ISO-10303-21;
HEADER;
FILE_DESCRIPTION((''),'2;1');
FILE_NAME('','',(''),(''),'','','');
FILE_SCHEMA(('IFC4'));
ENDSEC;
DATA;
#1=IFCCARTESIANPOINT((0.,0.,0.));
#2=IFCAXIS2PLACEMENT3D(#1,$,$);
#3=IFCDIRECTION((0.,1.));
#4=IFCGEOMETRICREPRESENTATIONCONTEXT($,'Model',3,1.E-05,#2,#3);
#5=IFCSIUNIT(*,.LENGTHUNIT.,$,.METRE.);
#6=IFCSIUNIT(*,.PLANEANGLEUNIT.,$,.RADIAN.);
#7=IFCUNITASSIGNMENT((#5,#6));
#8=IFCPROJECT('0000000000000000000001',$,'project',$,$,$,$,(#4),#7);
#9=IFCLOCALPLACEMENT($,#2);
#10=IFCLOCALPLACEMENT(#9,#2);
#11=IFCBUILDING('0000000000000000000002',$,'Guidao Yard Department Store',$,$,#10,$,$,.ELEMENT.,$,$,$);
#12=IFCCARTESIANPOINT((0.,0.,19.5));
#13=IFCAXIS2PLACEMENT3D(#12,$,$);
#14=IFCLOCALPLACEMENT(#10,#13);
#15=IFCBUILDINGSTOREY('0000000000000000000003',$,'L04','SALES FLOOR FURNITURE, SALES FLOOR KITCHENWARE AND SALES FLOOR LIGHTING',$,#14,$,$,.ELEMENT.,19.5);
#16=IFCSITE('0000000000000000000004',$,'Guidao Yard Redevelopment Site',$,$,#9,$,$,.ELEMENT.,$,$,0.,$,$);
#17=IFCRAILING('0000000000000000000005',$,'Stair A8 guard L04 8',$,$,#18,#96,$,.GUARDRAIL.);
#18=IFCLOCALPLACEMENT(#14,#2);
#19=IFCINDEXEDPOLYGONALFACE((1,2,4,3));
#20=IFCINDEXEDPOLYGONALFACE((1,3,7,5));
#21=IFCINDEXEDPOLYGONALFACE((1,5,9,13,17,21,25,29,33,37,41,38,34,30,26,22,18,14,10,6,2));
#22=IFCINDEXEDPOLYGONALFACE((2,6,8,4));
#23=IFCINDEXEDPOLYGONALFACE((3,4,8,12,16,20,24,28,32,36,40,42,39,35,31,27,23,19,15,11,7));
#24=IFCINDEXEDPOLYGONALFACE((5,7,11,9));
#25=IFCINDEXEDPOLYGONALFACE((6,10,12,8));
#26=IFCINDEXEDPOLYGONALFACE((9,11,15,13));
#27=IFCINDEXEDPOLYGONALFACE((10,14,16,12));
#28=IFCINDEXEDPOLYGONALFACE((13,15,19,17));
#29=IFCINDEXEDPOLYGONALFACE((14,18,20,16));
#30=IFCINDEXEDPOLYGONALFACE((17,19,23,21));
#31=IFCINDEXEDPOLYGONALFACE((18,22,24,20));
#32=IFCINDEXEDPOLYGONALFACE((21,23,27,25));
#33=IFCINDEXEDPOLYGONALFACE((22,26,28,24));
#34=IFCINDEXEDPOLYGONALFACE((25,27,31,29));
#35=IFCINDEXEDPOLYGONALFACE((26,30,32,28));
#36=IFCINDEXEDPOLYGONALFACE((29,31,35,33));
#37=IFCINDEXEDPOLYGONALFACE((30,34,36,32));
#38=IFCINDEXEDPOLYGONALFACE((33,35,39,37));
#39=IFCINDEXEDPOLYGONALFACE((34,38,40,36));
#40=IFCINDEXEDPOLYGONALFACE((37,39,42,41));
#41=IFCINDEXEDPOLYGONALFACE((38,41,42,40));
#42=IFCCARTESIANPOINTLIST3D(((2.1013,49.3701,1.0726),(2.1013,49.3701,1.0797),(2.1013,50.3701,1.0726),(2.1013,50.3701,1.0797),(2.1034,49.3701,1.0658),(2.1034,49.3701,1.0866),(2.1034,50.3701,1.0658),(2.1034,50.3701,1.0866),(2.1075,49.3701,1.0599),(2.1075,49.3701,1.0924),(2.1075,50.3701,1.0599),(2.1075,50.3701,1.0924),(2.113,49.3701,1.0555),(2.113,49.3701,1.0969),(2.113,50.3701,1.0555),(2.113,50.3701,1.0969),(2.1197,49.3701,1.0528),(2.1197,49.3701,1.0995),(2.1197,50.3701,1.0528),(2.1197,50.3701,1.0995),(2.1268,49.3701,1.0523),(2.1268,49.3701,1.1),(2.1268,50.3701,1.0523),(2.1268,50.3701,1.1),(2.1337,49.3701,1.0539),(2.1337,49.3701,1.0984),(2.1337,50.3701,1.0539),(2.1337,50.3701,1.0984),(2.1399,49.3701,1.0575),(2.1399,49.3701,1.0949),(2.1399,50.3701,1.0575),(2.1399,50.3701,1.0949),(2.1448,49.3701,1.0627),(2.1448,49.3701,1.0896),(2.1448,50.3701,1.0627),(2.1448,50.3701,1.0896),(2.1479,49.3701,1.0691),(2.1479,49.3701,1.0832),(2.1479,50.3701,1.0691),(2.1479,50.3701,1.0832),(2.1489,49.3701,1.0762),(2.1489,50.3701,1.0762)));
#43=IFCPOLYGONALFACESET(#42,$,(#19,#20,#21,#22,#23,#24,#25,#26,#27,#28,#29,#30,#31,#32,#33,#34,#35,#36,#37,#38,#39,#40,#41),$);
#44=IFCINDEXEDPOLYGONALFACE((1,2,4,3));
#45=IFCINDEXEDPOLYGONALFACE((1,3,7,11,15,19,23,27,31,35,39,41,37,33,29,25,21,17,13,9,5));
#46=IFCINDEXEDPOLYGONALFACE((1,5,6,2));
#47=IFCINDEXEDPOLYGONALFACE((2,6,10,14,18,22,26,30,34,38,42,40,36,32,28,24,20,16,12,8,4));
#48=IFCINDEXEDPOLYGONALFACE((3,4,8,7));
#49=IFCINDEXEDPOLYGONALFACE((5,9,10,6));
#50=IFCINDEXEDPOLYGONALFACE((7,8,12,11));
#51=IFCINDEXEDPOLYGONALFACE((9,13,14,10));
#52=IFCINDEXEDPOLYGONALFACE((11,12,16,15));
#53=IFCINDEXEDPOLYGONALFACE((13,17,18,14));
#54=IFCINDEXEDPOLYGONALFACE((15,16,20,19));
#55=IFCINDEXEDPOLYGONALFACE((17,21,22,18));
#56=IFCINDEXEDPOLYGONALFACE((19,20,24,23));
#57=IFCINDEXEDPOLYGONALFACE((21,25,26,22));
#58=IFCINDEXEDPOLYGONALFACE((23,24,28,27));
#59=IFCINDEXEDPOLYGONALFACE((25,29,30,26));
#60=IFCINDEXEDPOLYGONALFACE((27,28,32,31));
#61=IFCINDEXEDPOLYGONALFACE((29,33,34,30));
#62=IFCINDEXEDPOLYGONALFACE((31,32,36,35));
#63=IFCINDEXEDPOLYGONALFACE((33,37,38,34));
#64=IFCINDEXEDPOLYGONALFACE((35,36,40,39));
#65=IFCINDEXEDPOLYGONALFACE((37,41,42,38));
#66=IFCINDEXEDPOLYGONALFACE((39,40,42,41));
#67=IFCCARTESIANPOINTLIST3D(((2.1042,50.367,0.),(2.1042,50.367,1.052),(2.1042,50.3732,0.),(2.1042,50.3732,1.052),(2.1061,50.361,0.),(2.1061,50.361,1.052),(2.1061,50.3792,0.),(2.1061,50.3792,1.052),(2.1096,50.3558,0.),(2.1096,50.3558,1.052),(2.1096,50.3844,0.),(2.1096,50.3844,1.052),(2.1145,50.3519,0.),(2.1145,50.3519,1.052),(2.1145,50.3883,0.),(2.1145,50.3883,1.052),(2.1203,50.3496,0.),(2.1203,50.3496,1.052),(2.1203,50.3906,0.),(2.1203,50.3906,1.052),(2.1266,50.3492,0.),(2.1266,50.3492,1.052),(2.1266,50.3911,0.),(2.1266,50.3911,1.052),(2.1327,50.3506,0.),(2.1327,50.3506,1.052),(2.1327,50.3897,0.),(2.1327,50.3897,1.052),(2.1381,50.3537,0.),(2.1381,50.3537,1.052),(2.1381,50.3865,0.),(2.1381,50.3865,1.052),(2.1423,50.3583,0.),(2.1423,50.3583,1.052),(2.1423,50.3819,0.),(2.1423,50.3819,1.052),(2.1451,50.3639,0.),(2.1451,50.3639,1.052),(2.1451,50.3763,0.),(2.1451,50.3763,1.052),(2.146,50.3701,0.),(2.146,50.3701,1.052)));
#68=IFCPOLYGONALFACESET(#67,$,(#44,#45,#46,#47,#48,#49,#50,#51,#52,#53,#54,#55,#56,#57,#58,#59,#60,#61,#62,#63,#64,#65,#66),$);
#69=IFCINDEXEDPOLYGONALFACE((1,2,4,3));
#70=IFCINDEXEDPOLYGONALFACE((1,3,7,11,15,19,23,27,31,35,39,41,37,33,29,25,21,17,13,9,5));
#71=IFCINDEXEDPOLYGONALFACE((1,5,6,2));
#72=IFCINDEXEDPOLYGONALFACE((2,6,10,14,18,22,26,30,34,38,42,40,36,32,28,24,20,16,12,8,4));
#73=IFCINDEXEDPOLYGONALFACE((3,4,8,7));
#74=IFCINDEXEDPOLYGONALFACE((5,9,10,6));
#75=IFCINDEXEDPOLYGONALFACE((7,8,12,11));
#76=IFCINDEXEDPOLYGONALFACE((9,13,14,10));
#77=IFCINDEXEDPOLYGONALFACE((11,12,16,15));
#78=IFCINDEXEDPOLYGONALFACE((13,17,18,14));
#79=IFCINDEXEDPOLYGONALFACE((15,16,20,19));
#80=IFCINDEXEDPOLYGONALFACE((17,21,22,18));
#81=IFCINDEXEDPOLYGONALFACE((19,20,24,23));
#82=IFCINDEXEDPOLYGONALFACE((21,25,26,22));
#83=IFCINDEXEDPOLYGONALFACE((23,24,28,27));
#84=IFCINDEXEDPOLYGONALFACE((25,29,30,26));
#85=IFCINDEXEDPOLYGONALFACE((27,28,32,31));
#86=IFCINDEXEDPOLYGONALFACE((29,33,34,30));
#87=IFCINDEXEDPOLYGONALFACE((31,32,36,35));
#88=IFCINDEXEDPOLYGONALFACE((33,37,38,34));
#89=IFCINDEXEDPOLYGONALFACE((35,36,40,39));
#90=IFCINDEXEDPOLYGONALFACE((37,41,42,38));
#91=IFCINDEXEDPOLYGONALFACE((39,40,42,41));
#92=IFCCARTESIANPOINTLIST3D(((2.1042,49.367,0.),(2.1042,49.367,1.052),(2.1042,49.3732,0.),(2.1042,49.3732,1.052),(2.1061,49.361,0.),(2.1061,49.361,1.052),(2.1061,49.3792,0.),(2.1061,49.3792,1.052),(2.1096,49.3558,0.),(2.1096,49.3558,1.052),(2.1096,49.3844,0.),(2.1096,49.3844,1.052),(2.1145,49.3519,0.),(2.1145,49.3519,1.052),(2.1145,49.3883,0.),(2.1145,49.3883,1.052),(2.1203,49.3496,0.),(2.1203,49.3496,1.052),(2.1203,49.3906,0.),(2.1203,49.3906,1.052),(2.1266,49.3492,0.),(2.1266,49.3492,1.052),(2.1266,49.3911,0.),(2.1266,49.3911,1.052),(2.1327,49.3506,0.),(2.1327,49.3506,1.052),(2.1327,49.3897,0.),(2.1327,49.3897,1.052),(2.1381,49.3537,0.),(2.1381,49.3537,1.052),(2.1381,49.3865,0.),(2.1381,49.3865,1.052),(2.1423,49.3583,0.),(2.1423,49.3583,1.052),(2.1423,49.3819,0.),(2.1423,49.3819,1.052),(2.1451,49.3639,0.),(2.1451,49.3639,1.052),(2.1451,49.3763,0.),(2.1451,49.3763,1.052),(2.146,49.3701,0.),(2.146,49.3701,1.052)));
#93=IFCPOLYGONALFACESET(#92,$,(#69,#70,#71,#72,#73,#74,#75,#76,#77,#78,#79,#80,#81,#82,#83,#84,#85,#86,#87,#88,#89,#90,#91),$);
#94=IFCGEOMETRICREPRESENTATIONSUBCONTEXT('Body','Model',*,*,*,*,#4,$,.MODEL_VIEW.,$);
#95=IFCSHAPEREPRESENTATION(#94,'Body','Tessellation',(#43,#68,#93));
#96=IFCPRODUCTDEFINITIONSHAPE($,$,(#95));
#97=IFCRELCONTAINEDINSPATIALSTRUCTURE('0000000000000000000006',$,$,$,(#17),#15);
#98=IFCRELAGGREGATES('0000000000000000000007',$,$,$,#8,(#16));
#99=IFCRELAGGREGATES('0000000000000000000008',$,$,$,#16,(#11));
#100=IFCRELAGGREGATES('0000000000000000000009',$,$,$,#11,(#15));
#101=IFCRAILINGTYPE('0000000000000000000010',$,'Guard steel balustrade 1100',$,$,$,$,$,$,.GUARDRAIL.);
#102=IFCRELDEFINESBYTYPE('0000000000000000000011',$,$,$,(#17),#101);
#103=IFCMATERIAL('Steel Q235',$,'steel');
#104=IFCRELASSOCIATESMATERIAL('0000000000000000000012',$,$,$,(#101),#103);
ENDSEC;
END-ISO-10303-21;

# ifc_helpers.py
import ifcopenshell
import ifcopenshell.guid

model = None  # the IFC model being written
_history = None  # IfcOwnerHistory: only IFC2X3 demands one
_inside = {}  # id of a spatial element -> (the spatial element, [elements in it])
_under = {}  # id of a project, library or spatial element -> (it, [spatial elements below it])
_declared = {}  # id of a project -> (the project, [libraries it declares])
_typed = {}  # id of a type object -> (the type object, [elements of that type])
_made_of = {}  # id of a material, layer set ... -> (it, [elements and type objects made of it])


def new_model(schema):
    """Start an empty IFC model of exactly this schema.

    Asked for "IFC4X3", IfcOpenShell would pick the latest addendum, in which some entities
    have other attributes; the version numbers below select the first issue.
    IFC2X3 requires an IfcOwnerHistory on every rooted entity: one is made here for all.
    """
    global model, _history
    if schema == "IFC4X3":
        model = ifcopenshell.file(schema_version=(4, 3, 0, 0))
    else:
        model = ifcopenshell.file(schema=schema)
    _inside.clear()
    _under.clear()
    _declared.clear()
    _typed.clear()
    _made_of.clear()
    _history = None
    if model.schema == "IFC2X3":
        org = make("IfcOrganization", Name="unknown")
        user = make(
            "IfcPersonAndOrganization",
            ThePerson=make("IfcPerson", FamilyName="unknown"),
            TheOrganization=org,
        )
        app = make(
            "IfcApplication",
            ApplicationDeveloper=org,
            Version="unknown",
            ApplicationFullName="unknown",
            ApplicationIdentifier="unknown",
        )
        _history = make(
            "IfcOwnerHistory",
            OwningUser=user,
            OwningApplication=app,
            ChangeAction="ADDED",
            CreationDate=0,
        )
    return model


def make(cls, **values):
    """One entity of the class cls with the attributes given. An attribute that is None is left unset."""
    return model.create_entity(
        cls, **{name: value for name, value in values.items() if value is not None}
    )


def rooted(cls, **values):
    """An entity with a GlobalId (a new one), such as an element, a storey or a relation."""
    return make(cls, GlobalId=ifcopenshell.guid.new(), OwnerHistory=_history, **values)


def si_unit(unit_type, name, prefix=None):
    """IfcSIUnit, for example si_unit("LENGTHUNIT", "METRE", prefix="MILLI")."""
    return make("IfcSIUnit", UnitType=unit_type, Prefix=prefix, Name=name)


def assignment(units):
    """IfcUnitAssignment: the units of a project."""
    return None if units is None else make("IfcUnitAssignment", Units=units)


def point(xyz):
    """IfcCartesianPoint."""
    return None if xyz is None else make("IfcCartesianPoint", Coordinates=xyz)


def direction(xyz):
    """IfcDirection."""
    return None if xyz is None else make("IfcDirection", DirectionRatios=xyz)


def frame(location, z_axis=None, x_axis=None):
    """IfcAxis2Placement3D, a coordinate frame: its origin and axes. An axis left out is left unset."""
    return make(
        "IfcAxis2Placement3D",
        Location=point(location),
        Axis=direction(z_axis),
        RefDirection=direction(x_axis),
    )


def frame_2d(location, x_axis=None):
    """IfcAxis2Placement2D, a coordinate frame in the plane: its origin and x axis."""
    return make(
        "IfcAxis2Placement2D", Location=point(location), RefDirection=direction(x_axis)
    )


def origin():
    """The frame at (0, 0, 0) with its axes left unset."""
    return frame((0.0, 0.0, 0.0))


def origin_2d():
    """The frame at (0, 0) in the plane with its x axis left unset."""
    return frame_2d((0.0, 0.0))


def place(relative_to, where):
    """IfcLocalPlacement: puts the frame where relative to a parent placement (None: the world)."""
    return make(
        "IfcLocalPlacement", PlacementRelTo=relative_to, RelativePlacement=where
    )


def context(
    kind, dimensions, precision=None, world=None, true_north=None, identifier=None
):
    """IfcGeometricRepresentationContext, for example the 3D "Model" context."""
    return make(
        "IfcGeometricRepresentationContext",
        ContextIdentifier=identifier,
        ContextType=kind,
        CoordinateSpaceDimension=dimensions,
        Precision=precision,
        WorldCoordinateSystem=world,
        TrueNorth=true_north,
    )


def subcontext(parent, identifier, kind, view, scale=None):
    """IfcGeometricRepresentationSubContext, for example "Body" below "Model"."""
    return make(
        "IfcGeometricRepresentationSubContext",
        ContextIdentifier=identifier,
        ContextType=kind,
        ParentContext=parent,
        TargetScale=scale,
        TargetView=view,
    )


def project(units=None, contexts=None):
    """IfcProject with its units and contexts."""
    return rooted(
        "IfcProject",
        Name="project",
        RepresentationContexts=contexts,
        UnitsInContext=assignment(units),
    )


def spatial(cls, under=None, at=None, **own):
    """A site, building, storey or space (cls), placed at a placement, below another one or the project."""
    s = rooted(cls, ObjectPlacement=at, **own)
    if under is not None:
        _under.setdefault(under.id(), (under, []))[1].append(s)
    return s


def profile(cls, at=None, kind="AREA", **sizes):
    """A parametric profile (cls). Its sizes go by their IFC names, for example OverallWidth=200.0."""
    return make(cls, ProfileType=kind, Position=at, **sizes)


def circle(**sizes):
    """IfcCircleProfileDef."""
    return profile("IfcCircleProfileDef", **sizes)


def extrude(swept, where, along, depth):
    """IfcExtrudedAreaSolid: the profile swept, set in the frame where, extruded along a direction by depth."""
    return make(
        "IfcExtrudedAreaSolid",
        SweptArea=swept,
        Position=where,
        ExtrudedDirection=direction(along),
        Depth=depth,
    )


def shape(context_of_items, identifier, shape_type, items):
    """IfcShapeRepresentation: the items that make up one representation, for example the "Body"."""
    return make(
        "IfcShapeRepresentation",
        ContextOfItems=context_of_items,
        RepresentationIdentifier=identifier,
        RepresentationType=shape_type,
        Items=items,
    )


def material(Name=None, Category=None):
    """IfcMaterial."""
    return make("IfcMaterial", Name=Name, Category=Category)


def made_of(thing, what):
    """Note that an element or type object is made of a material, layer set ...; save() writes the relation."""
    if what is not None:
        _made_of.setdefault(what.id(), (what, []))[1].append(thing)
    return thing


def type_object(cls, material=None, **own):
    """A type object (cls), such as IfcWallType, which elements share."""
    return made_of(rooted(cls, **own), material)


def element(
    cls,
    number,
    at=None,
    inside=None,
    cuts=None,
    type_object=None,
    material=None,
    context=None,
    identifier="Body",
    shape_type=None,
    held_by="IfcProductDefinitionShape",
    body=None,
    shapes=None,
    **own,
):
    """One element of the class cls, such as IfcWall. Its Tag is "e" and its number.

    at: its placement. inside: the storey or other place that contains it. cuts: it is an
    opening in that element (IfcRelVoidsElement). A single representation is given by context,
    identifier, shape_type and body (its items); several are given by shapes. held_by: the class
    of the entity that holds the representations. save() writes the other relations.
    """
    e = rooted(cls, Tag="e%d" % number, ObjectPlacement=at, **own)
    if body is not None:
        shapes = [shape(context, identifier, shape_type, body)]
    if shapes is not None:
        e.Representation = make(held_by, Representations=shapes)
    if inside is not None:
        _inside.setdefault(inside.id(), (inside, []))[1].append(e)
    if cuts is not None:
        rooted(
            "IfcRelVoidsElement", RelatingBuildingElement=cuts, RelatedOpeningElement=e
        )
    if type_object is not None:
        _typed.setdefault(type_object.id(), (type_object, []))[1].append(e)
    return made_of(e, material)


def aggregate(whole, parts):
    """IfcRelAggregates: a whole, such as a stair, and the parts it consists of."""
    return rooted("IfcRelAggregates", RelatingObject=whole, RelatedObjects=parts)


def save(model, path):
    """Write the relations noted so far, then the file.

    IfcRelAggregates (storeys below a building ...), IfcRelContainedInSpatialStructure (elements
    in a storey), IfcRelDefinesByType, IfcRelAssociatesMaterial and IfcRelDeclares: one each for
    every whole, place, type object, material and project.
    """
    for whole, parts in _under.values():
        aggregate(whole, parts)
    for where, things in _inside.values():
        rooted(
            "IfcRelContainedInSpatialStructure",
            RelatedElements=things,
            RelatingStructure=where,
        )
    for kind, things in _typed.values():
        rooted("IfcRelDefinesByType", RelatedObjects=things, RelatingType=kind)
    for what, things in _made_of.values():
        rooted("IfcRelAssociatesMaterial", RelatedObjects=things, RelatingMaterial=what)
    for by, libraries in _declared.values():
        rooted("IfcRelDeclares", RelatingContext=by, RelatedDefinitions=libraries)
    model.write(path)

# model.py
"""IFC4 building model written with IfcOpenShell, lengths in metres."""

from ifc_helpers import new_model, si_unit, direction, frame, origin, origin_2d, place, context, subcontext, project, spatial, circle, extrude, material, type_object, element, save


model = new_model("IFC4")

# Units and contexts
model_context = context("Model", 3, precision=1e-05, world=origin(), true_north=direction((0.0, 1.0)))
body_context = subcontext(model_context, "Body", "Model", "MODEL_VIEW")
ifc_project = project(units=[si_unit("LENGTHUNIT", "METRE"), si_unit("PLANEANGLEUNIT", "RADIAN")], contexts=[model_context])

# Site, building, storey
site_placement = place(None, origin())
site = spatial("IfcSite", under=ifc_project, at=site_placement, Name="Guidao Yard Redevelopment Site", CompositionType="ELEMENT", RefElevation=0.0)
building_placement = place(site_placement, origin())
building = spatial("IfcBuilding", under=site, at=building_placement, Name="Guidao Yard Department Store", CompositionType="ELEMENT")
storey_placement = place(building_placement, frame((0.0, 0.0, 19.5)))
storey = spatial("IfcBuildingStorey", under=building, at=storey_placement, Name="L04", Description="SALES FLOOR FURNITURE, SALES FLOOR KITCHENWARE AND SALES FLOOR LIGHTING", CompositionType="ELEMENT", Elevation=19.5)

# Railing
ifc_material_1 = material(Name="Steel Q235", Category="steel")
railing_type_1 = type_object("IfcRailingType", Name="Guard steel balustrade 1100", PredefinedType="GUARDRAIL", material=ifc_material_1)
railing_placement = place(storey_placement, frame((2.125, 50.3701, 0.0)))
element("IfcRailing", 1, at=railing_placement, inside=storey, type_object=railing_type_1, Name="Stair A8 guard L04 8", PredefinedType="GUARDRAIL", context=body_context, shape_type="SweptSolid", body=[
    extrude(circle(Radius=0.0239, at=origin_2d()), frame((0.0, 0.0, 1.0762), z_axis=(0.0, -1.0, 0.0), x_axis=(1.0, 0.0, 0.0)), (0.0, 0.0, 1.0), 1.0),
    extrude(circle(Radius=0.021, at=origin_2d()), origin(), (0.0, 0.0, 1.0), 1.052),
    extrude(circle(Radius=0.021, at=origin_2d()), frame((0.0, -1.0, 0.0)), (0.0, 0.0, 1.0), 1.052),
])

save(model, "model.ifc")
